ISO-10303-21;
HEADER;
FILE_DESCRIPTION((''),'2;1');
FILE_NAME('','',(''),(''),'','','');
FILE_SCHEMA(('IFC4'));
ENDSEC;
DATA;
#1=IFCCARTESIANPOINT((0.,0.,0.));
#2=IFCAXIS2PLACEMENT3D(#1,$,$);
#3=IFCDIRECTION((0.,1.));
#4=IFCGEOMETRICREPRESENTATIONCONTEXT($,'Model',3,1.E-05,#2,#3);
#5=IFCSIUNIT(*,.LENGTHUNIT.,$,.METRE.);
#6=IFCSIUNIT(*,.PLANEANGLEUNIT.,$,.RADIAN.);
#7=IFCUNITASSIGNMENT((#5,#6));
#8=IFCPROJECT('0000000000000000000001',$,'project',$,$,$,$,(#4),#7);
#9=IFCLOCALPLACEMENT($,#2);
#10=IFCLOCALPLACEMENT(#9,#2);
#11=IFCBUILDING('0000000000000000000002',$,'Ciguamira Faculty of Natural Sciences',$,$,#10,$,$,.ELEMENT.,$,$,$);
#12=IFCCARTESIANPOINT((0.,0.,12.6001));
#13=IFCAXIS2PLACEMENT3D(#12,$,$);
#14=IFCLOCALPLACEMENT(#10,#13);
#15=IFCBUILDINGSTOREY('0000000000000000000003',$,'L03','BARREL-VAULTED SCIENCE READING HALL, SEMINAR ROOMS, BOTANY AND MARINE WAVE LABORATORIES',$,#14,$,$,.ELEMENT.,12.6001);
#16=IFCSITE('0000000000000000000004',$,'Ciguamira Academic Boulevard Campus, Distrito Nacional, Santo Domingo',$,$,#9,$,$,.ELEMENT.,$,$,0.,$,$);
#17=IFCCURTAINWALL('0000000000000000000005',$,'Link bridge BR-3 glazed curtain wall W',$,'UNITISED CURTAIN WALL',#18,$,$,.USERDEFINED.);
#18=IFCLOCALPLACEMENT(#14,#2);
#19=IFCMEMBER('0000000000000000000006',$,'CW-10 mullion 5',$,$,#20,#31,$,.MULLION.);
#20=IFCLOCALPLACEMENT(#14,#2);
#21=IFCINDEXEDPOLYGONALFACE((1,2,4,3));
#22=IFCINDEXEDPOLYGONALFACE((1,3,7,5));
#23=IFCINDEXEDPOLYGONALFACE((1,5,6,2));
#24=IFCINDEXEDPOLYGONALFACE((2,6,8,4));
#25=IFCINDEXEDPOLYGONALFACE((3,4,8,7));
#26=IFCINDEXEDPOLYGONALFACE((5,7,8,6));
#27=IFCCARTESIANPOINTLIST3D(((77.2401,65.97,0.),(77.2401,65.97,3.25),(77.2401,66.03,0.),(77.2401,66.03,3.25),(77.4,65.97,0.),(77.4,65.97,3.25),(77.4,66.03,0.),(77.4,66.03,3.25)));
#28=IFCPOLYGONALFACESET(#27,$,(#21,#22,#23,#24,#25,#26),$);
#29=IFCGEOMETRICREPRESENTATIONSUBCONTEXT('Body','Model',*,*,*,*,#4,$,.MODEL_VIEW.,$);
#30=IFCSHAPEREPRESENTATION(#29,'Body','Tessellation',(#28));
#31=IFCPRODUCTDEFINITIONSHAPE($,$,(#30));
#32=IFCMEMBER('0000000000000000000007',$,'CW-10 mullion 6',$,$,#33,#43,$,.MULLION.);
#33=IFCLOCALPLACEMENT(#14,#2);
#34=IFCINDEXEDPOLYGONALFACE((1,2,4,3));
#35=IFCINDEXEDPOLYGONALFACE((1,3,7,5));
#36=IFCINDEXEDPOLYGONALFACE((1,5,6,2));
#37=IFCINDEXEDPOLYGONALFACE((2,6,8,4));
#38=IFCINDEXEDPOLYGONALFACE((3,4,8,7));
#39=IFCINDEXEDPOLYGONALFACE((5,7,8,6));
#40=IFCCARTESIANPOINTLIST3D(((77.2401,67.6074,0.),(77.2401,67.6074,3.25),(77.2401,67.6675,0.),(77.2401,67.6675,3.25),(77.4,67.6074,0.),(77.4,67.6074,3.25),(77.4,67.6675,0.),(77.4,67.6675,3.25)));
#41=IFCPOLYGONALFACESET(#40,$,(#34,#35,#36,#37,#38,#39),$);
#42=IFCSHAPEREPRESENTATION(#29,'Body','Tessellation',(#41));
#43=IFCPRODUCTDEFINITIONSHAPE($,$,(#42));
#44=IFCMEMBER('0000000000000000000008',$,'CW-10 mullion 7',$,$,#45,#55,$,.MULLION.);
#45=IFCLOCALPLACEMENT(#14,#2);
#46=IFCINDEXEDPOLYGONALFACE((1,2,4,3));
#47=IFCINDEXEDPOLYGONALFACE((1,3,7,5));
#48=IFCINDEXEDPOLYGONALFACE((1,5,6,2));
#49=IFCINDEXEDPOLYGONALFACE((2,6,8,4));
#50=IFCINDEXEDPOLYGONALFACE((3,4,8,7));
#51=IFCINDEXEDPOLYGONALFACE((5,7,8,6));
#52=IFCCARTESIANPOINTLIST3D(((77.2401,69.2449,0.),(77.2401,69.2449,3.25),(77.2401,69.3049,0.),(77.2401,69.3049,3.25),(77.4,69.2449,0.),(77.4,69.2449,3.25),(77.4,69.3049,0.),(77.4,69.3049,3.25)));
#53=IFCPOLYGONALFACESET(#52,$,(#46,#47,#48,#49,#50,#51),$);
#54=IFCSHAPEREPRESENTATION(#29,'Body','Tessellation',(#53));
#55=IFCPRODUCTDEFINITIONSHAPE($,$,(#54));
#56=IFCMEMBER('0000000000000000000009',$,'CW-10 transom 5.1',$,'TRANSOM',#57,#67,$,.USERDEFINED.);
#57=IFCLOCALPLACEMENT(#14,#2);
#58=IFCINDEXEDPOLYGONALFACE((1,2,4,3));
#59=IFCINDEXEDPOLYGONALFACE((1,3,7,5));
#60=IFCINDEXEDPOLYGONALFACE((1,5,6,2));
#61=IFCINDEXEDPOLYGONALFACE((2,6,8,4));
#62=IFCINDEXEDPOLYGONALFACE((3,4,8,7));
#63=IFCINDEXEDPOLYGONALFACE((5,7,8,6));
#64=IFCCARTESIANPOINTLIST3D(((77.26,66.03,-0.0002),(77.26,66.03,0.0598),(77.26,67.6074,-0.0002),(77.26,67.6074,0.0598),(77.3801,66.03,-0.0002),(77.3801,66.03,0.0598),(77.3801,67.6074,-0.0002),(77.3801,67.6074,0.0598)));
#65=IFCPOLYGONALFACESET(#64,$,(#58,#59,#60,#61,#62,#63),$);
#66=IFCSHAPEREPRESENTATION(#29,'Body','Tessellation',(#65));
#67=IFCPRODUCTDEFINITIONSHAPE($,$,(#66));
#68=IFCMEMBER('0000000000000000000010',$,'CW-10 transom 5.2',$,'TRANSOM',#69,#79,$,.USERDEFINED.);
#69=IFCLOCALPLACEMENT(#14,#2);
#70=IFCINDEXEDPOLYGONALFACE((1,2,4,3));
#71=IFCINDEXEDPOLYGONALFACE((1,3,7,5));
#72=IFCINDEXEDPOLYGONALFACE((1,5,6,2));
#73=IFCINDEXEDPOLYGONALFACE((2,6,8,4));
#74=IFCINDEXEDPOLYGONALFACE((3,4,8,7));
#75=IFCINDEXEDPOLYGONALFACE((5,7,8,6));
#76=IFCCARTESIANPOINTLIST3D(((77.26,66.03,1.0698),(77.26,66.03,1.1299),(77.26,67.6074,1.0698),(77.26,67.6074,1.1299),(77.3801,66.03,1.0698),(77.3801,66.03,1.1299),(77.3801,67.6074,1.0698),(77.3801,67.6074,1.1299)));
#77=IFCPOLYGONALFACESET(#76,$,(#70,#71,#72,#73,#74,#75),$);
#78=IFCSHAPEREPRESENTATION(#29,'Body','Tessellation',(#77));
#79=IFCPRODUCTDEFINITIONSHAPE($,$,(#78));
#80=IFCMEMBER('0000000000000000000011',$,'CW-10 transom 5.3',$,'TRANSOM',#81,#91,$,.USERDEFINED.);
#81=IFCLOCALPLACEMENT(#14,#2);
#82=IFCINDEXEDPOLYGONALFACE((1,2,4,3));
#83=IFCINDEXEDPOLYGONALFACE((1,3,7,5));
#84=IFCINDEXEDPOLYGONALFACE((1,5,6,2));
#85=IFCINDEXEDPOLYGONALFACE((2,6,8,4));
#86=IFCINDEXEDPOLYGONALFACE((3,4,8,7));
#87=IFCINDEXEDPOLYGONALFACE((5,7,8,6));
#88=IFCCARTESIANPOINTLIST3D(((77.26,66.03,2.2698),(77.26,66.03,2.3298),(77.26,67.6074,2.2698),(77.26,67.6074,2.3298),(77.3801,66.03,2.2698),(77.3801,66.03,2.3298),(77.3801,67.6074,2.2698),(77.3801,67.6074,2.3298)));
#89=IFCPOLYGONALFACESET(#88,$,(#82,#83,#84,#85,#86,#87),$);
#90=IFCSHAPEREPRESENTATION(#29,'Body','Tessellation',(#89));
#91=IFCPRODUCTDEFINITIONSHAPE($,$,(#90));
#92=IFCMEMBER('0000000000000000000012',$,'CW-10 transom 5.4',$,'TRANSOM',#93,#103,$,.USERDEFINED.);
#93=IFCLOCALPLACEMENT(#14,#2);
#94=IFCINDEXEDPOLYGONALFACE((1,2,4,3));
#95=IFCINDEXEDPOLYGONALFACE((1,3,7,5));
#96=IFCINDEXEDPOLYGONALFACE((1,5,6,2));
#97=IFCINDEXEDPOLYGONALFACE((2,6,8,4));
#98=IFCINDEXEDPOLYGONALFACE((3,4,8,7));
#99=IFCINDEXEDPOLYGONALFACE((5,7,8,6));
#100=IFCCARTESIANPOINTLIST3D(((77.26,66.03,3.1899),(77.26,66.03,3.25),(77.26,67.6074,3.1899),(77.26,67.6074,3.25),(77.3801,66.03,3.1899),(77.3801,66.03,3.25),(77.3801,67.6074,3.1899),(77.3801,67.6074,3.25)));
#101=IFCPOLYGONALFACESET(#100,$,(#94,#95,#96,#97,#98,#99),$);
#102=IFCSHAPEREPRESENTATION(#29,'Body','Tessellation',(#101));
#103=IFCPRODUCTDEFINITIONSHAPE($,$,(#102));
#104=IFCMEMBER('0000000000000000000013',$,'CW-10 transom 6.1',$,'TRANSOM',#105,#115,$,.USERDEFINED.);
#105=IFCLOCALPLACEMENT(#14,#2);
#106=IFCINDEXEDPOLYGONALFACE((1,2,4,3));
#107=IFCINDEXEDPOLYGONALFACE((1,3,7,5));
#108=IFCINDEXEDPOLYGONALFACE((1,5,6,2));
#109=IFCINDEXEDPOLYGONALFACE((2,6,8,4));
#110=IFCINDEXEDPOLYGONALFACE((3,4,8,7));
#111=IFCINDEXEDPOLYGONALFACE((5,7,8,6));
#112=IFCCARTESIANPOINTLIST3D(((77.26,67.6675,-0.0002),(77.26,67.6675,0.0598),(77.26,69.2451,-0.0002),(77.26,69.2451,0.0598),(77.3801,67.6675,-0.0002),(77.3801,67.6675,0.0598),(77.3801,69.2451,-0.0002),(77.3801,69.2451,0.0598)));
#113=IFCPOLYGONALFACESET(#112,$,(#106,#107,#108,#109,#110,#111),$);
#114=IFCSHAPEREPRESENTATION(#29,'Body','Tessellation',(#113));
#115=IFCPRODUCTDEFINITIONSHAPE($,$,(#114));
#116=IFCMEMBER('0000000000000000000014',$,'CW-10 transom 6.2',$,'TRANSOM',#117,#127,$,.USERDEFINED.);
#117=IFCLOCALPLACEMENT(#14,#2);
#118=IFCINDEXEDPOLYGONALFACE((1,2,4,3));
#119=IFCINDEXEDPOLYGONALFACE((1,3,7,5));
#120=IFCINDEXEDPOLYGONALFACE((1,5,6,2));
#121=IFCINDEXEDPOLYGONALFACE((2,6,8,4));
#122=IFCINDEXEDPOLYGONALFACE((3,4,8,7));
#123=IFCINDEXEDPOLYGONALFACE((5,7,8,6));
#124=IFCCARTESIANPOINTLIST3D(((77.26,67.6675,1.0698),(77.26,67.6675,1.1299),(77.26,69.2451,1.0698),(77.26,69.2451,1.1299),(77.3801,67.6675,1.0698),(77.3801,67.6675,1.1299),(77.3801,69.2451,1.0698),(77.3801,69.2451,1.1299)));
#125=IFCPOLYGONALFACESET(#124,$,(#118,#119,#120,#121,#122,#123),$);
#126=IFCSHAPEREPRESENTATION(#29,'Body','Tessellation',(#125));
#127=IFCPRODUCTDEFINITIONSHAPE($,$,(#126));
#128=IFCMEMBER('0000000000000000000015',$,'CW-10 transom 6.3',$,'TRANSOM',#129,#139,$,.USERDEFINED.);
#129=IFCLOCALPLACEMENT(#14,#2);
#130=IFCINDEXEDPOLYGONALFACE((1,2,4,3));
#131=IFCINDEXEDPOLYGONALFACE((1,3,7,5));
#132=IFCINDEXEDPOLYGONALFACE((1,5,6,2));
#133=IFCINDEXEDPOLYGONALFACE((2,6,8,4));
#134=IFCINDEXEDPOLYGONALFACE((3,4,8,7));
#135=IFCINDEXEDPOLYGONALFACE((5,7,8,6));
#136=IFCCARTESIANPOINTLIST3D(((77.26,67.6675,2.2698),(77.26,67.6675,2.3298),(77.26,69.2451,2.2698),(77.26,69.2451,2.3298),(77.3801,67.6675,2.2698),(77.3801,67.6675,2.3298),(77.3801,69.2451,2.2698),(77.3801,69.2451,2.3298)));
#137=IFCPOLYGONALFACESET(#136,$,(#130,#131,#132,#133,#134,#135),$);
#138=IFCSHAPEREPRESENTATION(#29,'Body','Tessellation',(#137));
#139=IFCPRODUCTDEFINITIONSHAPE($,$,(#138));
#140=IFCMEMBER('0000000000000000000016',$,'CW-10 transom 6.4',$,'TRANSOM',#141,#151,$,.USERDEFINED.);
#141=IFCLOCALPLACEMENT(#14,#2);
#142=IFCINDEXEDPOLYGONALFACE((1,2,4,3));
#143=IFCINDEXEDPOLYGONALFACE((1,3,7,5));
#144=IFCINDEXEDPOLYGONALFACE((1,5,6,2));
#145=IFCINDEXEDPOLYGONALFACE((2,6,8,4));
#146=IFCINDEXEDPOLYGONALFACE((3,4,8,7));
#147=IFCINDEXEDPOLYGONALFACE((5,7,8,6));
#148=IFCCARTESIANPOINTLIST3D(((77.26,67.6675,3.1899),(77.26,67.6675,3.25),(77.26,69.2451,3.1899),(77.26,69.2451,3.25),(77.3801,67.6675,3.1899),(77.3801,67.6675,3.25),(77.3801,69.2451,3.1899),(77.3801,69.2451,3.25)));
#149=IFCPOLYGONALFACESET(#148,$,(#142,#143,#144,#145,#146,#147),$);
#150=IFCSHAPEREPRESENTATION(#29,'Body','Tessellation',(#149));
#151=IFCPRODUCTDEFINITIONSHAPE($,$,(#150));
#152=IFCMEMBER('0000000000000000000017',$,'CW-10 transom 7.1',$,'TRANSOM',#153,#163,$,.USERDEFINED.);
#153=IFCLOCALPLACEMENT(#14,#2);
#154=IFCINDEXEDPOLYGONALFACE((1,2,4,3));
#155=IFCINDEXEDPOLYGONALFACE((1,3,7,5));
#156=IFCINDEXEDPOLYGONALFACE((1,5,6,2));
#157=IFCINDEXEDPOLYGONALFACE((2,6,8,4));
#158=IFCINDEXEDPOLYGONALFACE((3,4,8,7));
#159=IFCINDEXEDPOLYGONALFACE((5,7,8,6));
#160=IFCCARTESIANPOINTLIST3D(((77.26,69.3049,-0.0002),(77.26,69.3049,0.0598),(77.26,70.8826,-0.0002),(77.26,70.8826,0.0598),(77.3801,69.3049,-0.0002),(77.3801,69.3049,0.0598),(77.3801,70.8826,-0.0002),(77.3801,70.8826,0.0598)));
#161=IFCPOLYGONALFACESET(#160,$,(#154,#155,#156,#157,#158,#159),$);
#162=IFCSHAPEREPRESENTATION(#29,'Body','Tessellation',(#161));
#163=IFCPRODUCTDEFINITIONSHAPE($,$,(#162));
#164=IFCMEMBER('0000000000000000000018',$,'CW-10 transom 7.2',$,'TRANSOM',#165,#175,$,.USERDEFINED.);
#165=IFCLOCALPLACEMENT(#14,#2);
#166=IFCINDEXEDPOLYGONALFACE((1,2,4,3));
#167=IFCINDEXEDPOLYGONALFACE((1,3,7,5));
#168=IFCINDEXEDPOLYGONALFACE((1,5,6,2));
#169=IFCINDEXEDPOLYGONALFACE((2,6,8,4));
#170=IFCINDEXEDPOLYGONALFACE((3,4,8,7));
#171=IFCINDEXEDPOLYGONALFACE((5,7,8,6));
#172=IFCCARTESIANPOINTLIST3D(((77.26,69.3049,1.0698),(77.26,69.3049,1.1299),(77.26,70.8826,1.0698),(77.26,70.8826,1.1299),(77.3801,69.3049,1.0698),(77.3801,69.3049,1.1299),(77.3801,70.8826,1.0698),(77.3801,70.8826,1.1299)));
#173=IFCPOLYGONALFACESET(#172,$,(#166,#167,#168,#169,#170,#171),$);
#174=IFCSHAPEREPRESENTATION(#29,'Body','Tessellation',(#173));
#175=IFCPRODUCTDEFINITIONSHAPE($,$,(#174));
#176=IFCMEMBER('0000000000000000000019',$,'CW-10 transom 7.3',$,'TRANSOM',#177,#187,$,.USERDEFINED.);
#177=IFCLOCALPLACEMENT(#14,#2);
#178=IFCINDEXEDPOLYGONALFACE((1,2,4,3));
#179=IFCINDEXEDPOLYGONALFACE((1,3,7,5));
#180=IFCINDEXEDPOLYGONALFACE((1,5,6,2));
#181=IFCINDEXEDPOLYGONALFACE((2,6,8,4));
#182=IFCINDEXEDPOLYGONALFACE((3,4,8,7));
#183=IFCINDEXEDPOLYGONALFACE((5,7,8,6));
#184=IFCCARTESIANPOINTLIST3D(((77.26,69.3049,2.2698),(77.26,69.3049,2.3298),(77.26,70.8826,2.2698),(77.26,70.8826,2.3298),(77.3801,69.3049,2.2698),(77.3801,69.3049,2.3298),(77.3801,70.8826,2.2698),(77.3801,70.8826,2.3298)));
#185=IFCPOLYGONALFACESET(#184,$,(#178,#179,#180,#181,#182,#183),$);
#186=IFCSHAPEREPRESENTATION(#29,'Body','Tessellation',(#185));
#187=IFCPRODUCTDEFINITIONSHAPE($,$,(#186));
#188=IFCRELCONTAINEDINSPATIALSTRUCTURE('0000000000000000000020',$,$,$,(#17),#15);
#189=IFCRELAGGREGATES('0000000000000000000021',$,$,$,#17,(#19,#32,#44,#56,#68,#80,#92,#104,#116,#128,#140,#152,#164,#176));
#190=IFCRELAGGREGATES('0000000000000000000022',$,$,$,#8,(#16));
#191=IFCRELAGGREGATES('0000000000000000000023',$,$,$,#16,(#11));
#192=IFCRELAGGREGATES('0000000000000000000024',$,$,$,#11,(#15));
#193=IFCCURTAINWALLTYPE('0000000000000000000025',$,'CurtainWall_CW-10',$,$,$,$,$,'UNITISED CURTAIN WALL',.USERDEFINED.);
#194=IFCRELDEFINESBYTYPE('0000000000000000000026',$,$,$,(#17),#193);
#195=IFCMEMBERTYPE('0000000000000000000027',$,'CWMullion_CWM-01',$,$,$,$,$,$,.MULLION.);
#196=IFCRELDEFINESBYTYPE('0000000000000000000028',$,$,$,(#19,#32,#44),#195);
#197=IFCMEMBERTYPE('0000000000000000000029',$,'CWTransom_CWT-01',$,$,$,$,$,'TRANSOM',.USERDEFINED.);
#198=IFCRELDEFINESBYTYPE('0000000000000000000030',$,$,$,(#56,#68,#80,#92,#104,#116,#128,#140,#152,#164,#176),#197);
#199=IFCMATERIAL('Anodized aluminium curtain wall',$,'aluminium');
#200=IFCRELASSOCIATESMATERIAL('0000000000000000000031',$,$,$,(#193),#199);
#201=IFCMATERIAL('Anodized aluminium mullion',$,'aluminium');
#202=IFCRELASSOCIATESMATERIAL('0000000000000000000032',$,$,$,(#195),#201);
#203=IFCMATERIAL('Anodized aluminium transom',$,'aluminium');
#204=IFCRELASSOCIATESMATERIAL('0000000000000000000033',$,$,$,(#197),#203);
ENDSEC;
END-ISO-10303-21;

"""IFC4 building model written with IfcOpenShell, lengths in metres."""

from ifc_helpers import new_model, si_unit, direction, frame, origin, origin_2d, place, context, subcontext, project, spatial, rectangle, extrude, material, material_profile, profile_set, type_object, element, aggregate, save


model = new_model("IFC4")

# Units and contexts
model_context = context("Model", 3, precision=1e-05, world=origin(), true_north=direction((0.0, 1.0)))
body_context = subcontext(model_context, "Body", "Model", "MODEL_VIEW")
ifc_project = project(units=[si_unit("LENGTHUNIT", "METRE"), si_unit("PLANEANGLEUNIT", "RADIAN")], contexts=[model_context])

# Site, building, storey
site_placement = place(None, origin())
site = spatial("IfcSite", under=ifc_project, at=site_placement, Name="Ciguamira Academic Boulevard Campus, Distrito Nacional, Santo Domingo", CompositionType="ELEMENT", RefElevation=0.0)
building_placement = place(site_placement, origin())
building = spatial("IfcBuilding", under=site, at=building_placement, Name="Ciguamira Faculty of Natural Sciences", CompositionType="ELEMENT")
storey_placement = place(building_placement, frame((0.0, 0.0, 12.6001)))
storey = spatial("IfcBuildingStorey", under=building, at=storey_placement, Name="L03", Description="BARREL-VAULTED SCIENCE READING HALL, SEMINAR ROOMS, BOTANY AND MARINE WAVE LABORATORIES", CompositionType="ELEMENT", Elevation=12.6001)

# Curtain wall, members
ifc_material_1 = material(Name="Anodized aluminium curtain wall", Category="aluminium")
curtain_wall_type = type_object("IfcCurtainWallType", Name="CurtainWall_CW-10", ElementType="UNITISED CURTAIN WALL", PredefinedType="USERDEFINED", material=ifc_material_1)
curtain_wall_placement = place(storey_placement, origin())
curtain_wall = element("IfcCurtainWall", 1, at=curtain_wall_placement, inside=storey, type_object=curtain_wall_type, Name="Link bridge BR-3 glazed curtain wall W", ObjectType="UNITISED CURTAIN WALL", PredefinedType="USERDEFINED")
ifc_material_2 = material(Name="Anodized aluminium mullion", Category="aluminium")
ifc_material_profile_1 = material_profile(ifc_material_2, rectangle(XDim=0.0601, YDim=0.1599, at=origin_2d()), Name="ALU-MUL-60X160")
ifc_profile_set_1 = profile_set([ifc_material_profile_1], Name="Anodized aluminium mullion")
member_type_1 = type_object("IfcMemberType", Name="CWMullion_CWM-01", PredefinedType="MULLION", material=ifc_profile_set_1)
member_1_placement = place(storey_placement, frame((77.3201, 66.0, 0.0), z_axis=(0.0, 0.0, 1.0), x_axis=(0.0, 1.0, 0.0)))
member_1 = element("IfcMember", 2, at=member_1_placement, type_object=member_type_1, Name="CW-10 mullion 5", PredefinedType="MULLION", context=body_context, shape_type="SweptSolid", body=[
    extrude(rectangle(XDim=0.0601, YDim=0.1599, at=origin_2d()), origin(), (0.0, 0.0, 1.0), 3.25),
])
member_2_placement = place(storey_placement, frame((77.3201, 67.6375, 0.0), z_axis=(0.0, 0.0, 1.0), x_axis=(0.0, 1.0, 0.0)))
member_2 = element("IfcMember", 3, at=member_2_placement, type_object=member_type_1, Name="CW-10 mullion 6", PredefinedType="MULLION", context=body_context, shape_type="SweptSolid", body=[
    extrude(rectangle(XDim=0.0601, YDim=0.1599, at=origin_2d()), origin(), (0.0, 0.0, 1.0), 3.25),
])
member_3_placement = place(storey_placement, frame((77.3201, 69.2749, 0.0), z_axis=(0.0, 0.0, 1.0), x_axis=(0.0, 1.0, 0.0)))
member_3 = element("IfcMember", 4, at=member_3_placement, type_object=member_type_1, Name="CW-10 mullion 7", PredefinedType="MULLION", context=body_context, shape_type="SweptSolid", body=[
    extrude(rectangle(XDim=0.0601, YDim=0.1599, at=origin_2d()), origin(), (0.0, 0.0, 1.0), 3.25),
])
ifc_material_3 = material(Name="Anodized aluminium transom", Category="aluminium")
ifc_material_profile_2 = material_profile(ifc_material_3, rectangle(XDim=0.0601, YDim=0.1201, at=origin_2d()), Name="ALU-TRN-60X120")
ifc_profile_set_2 = profile_set([ifc_material_profile_2], Name="Anodized aluminium transom")
member_type_2 = type_object("IfcMemberType", Name="CWTransom_CWT-01", ElementType="TRANSOM", PredefinedType="USERDEFINED", material=ifc_profile_set_2)
member_4_placement = place(storey_placement, frame((77.3201, 66.03, 0.0298), z_axis=(0.0, 1.0, 0.0), x_axis=(0.0, 0.0, 1.0)))
member_4 = element("IfcMember", 5, at=member_4_placement, type_object=member_type_2, Name="CW-10 transom 5.1", ObjectType="TRANSOM", PredefinedType="USERDEFINED", context=body_context, shape_type="SweptSolid", body=[
    extrude(rectangle(XDim=0.0601, YDim=0.1201, at=origin_2d()), origin(), (0.0, 0.0, 1.0), 1.5774),
])
member_5_placement = place(storey_placement, frame((77.3201, 66.03, 1.0999), z_axis=(0.0, 1.0, 0.0), x_axis=(0.0, 0.0, 1.0)))
member_5 = element("IfcMember", 6, at=member_5_placement, type_object=member_type_2, Name="CW-10 transom 5.2", ObjectType="TRANSOM", PredefinedType="USERDEFINED", context=body_context, shape_type="SweptSolid", body=[
    extrude(rectangle(XDim=0.0601, YDim=0.1201, at=origin_2d()), origin(), (0.0, 0.0, 1.0), 1.5774),
])
member_6_placement = place(storey_placement, frame((77.3201, 66.03, 2.2998), z_axis=(0.0, 1.0, 0.0), x_axis=(0.0, 0.0, 1.0)))
member_6 = element("IfcMember", 7, at=member_6_placement, type_object=member_type_2, Name="CW-10 transom 5.3", ObjectType="TRANSOM", PredefinedType="USERDEFINED", context=body_context, shape_type="SweptSolid", body=[
    extrude(rectangle(XDim=0.0601, YDim=0.1201, at=origin_2d()), origin(), (0.0, 0.0, 1.0), 1.5774),
])
member_7_placement = place(storey_placement, frame((77.3201, 66.03, 3.22), z_axis=(0.0, 1.0, 0.0), x_axis=(0.0, 0.0, 1.0)))
member_7 = element("IfcMember", 8, at=member_7_placement, type_object=member_type_2, Name="CW-10 transom 5.4", ObjectType="TRANSOM", PredefinedType="USERDEFINED", context=body_context, shape_type="SweptSolid", body=[
    extrude(rectangle(XDim=0.0601, YDim=0.1201, at=origin_2d()), origin(), (0.0, 0.0, 1.0), 1.5774),
])
member_8_placement = place(storey_placement, frame((77.3201, 67.6675, 0.0298), z_axis=(0.0, 1.0, 0.0), x_axis=(0.0, 0.0, 1.0)))
member_8 = element("IfcMember", 9, at=member_8_placement, type_object=member_type_2, Name="CW-10 transom 6.1", ObjectType="TRANSOM", PredefinedType="USERDEFINED", context=body_context, shape_type="SweptSolid", body=[
    extrude(rectangle(XDim=0.0601, YDim=0.1201, at=origin_2d()), origin(), (0.0, 0.0, 1.0), 1.5776),
])
member_9_placement = place(storey_placement, frame((77.3201, 67.6675, 1.0999), z_axis=(0.0, 1.0, 0.0), x_axis=(0.0, 0.0, 1.0)))
member_9 = element("IfcMember", 10, at=member_9_placement, type_object=member_type_2, Name="CW-10 transom 6.2", ObjectType="TRANSOM", PredefinedType="USERDEFINED", context=body_context, shape_type="SweptSolid", body=[
    extrude(rectangle(XDim=0.0601, YDim=0.1201, at=origin_2d()), origin(), (0.0, 0.0, 1.0), 1.5776),
])
member_10_placement = place(storey_placement, frame((77.3201, 67.6675, 2.2998), z_axis=(0.0, 1.0, 0.0), x_axis=(0.0, 0.0, 1.0)))
member_10 = element("IfcMember", 11, at=member_10_placement, type_object=member_type_2, Name="CW-10 transom 6.3", ObjectType="TRANSOM", PredefinedType="USERDEFINED", context=body_context, shape_type="SweptSolid", body=[
    extrude(rectangle(XDim=0.0601, YDim=0.1201, at=origin_2d()), origin(), (0.0, 0.0, 1.0), 1.5776),
])
member_11_placement = place(storey_placement, frame((77.3201, 67.6675, 3.22), z_axis=(0.0, 1.0, 0.0), x_axis=(0.0, 0.0, 1.0)))
member_11 = element("IfcMember", 12, at=member_11_placement, type_object=member_type_2, Name="CW-10 transom 6.4", ObjectType="TRANSOM", PredefinedType="USERDEFINED", context=body_context, shape_type="SweptSolid", body=[
    extrude(rectangle(XDim=0.0601, YDim=0.1201, at=origin_2d()), origin(), (0.0, 0.0, 1.0), 1.5776),
])
member_12_placement = place(storey_placement, frame((77.3201, 69.3049, 0.0298), z_axis=(0.0, 1.0, 0.0), x_axis=(0.0, 0.0, 1.0)))
member_12 = element("IfcMember", 13, at=member_12_placement, type_object=member_type_2, Name="CW-10 transom 7.1", ObjectType="TRANSOM", PredefinedType="USERDEFINED", context=body_context, shape_type="SweptSolid", body=[
    extrude(rectangle(XDim=0.0601, YDim=0.1201, at=origin_2d()), origin(), (0.0, 0.0, 1.0), 1.5776),
])
member_13_placement = place(storey_placement, frame((77.3201, 69.3049, 1.0999), z_axis=(0.0, 1.0, 0.0), x_axis=(0.0, 0.0, 1.0)))
member_13 = element("IfcMember", 14, at=member_13_placement, type_object=member_type_2, Name="CW-10 transom 7.2", ObjectType="TRANSOM", PredefinedType="USERDEFINED", context=body_context, shape_type="SweptSolid", body=[
    extrude(rectangle(XDim=0.0601, YDim=0.1201, at=origin_2d()), origin(), (0.0, 0.0, 1.0), 1.5776),
])
member_14_placement = place(storey_placement, frame((77.3201, 69.3049, 2.2998), z_axis=(0.0, 1.0, 0.0), x_axis=(0.0, 0.0, 1.0)))
member_14 = element("IfcMember", 15, at=member_14_placement, type_object=member_type_2, Name="CW-10 transom 7.3", ObjectType="TRANSOM", PredefinedType="USERDEFINED", context=body_context, shape_type="SweptSolid", body=[
    extrude(rectangle(XDim=0.0601, YDim=0.1201, at=origin_2d()), origin(), (0.0, 0.0, 1.0), 1.5776),
])
aggregate(curtain_wall, [member_1, member_2, member_3, member_4, member_5, member_6, member_7, member_8, member_9, member_10, member_11, member_12, member_13, member_14])

save(model, "model.ifc")
